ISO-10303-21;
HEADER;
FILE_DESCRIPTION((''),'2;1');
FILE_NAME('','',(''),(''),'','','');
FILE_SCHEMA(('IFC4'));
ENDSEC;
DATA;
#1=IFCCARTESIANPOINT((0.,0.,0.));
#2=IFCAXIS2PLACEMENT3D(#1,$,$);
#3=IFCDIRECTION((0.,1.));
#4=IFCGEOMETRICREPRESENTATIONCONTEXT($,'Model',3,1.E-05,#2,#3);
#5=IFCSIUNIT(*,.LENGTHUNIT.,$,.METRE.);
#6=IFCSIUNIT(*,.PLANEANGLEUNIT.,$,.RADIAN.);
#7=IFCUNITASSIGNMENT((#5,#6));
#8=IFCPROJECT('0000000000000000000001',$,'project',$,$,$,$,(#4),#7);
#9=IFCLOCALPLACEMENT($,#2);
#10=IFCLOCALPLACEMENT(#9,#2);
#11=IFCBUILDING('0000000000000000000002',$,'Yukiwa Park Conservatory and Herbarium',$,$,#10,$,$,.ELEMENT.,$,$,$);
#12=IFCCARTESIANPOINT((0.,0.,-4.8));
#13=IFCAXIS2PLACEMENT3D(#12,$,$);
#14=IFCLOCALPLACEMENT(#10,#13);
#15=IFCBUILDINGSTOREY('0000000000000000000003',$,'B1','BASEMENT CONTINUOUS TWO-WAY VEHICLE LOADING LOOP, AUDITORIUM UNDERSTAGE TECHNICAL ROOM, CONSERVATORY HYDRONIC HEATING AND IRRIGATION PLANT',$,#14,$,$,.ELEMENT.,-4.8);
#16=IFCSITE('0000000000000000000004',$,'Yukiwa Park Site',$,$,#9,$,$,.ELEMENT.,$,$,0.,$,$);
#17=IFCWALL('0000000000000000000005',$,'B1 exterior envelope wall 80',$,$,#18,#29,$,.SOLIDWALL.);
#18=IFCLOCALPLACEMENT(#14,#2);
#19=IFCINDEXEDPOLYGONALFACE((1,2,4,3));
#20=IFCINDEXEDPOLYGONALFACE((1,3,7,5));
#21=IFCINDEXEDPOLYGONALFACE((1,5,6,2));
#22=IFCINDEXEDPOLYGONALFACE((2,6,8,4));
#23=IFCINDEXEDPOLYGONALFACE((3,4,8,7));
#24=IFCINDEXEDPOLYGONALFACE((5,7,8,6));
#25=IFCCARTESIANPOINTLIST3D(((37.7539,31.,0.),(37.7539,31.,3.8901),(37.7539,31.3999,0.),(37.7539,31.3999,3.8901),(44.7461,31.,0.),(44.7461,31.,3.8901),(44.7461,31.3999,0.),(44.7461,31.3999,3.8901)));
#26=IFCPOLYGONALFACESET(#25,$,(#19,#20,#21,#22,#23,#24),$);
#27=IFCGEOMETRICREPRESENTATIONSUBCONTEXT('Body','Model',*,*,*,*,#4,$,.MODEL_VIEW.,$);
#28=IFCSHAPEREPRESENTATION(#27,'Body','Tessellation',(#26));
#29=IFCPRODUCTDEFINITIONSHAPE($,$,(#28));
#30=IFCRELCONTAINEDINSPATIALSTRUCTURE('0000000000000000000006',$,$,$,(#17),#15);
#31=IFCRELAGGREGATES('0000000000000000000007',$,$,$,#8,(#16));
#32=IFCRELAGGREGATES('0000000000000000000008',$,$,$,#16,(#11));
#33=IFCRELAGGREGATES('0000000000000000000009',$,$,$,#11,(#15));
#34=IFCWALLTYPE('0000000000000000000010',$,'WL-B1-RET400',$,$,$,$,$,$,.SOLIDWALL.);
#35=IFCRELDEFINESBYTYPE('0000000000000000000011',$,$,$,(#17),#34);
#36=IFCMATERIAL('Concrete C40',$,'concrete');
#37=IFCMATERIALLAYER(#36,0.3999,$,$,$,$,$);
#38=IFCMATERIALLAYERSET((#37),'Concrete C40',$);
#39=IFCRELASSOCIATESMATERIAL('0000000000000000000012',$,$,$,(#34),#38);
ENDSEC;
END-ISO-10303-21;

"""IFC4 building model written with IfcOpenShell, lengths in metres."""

from ifc_helpers import new_model, si_unit, direction, frame, frame_2d, origin, place, context, subcontext, project, spatial, rectangle, extrude, material, layer, layer_set, type_object, element, save


model = new_model("IFC4")

# Units and contexts
model_context = context("Model", 3, precision=1e-05, world=origin(), true_north=direction((0.0, 1.0)))
body_context = subcontext(model_context, "Body", "Model", "MODEL_VIEW")
ifc_project = project(units=[si_unit("LENGTHUNIT", "METRE"), si_unit("PLANEANGLEUNIT", "RADIAN")], contexts=[model_context])

# Site, building, storey
site_placement = place(None, origin())
site = spatial("IfcSite", under=ifc_project, at=site_placement, Name="Yukiwa Park Site", CompositionType="ELEMENT", RefElevation=0.0)
building_placement = place(site_placement, origin())
building = spatial("IfcBuilding", under=site, at=building_placement, Name="Yukiwa Park Conservatory and Herbarium", CompositionType="ELEMENT")
storey_placement = place(building_placement, frame((0.0, 0.0, -4.8)))
storey = spatial("IfcBuildingStorey", under=building, at=storey_placement, Name="B1", Description="BASEMENT CONTINUOUS TWO-WAY VEHICLE LOADING LOOP, AUDITORIUM UNDERSTAGE TECHNICAL ROOM, CONSERVATORY HYDRONIC HEATING AND IRRIGATION PLANT", CompositionType="ELEMENT", Elevation=-4.8)

# Wall
ifc_material_1 = material(Name="Concrete C40", Category="concrete")
ifc_layer = layer(ifc_material_1, 0.3999)
ifc_layer_set = layer_set([ifc_layer], Name="Concrete C40")
wall_type = type_object("IfcWallType", Name="WL-B1-RET400", PredefinedType="SOLIDWALL", material=ifc_layer_set)
for number, where, z_axis, x_axis, name in (
    (1, (44.7461, 31.2, 0.0), (0.0, 0.0, 1.0), (-1.0, 0.0, 0.0), "B1 exterior envelope wall 80"),
):
    element("IfcWall", number, at=place(storey_placement, frame(where, z_axis=z_axis, x_axis=x_axis)), inside=storey, type_object=wall_type, Name=name, PredefinedType="SOLIDWALL", context=body_context, shape_type="SweptSolid", body=[
        extrude(rectangle(XDim=6.9922, YDim=0.3999, at=frame_2d((3.4961, 0.0))), origin(), (0.0, 0.0, 1.0), 3.8901),
    ])

save(model, "model.ifc")
